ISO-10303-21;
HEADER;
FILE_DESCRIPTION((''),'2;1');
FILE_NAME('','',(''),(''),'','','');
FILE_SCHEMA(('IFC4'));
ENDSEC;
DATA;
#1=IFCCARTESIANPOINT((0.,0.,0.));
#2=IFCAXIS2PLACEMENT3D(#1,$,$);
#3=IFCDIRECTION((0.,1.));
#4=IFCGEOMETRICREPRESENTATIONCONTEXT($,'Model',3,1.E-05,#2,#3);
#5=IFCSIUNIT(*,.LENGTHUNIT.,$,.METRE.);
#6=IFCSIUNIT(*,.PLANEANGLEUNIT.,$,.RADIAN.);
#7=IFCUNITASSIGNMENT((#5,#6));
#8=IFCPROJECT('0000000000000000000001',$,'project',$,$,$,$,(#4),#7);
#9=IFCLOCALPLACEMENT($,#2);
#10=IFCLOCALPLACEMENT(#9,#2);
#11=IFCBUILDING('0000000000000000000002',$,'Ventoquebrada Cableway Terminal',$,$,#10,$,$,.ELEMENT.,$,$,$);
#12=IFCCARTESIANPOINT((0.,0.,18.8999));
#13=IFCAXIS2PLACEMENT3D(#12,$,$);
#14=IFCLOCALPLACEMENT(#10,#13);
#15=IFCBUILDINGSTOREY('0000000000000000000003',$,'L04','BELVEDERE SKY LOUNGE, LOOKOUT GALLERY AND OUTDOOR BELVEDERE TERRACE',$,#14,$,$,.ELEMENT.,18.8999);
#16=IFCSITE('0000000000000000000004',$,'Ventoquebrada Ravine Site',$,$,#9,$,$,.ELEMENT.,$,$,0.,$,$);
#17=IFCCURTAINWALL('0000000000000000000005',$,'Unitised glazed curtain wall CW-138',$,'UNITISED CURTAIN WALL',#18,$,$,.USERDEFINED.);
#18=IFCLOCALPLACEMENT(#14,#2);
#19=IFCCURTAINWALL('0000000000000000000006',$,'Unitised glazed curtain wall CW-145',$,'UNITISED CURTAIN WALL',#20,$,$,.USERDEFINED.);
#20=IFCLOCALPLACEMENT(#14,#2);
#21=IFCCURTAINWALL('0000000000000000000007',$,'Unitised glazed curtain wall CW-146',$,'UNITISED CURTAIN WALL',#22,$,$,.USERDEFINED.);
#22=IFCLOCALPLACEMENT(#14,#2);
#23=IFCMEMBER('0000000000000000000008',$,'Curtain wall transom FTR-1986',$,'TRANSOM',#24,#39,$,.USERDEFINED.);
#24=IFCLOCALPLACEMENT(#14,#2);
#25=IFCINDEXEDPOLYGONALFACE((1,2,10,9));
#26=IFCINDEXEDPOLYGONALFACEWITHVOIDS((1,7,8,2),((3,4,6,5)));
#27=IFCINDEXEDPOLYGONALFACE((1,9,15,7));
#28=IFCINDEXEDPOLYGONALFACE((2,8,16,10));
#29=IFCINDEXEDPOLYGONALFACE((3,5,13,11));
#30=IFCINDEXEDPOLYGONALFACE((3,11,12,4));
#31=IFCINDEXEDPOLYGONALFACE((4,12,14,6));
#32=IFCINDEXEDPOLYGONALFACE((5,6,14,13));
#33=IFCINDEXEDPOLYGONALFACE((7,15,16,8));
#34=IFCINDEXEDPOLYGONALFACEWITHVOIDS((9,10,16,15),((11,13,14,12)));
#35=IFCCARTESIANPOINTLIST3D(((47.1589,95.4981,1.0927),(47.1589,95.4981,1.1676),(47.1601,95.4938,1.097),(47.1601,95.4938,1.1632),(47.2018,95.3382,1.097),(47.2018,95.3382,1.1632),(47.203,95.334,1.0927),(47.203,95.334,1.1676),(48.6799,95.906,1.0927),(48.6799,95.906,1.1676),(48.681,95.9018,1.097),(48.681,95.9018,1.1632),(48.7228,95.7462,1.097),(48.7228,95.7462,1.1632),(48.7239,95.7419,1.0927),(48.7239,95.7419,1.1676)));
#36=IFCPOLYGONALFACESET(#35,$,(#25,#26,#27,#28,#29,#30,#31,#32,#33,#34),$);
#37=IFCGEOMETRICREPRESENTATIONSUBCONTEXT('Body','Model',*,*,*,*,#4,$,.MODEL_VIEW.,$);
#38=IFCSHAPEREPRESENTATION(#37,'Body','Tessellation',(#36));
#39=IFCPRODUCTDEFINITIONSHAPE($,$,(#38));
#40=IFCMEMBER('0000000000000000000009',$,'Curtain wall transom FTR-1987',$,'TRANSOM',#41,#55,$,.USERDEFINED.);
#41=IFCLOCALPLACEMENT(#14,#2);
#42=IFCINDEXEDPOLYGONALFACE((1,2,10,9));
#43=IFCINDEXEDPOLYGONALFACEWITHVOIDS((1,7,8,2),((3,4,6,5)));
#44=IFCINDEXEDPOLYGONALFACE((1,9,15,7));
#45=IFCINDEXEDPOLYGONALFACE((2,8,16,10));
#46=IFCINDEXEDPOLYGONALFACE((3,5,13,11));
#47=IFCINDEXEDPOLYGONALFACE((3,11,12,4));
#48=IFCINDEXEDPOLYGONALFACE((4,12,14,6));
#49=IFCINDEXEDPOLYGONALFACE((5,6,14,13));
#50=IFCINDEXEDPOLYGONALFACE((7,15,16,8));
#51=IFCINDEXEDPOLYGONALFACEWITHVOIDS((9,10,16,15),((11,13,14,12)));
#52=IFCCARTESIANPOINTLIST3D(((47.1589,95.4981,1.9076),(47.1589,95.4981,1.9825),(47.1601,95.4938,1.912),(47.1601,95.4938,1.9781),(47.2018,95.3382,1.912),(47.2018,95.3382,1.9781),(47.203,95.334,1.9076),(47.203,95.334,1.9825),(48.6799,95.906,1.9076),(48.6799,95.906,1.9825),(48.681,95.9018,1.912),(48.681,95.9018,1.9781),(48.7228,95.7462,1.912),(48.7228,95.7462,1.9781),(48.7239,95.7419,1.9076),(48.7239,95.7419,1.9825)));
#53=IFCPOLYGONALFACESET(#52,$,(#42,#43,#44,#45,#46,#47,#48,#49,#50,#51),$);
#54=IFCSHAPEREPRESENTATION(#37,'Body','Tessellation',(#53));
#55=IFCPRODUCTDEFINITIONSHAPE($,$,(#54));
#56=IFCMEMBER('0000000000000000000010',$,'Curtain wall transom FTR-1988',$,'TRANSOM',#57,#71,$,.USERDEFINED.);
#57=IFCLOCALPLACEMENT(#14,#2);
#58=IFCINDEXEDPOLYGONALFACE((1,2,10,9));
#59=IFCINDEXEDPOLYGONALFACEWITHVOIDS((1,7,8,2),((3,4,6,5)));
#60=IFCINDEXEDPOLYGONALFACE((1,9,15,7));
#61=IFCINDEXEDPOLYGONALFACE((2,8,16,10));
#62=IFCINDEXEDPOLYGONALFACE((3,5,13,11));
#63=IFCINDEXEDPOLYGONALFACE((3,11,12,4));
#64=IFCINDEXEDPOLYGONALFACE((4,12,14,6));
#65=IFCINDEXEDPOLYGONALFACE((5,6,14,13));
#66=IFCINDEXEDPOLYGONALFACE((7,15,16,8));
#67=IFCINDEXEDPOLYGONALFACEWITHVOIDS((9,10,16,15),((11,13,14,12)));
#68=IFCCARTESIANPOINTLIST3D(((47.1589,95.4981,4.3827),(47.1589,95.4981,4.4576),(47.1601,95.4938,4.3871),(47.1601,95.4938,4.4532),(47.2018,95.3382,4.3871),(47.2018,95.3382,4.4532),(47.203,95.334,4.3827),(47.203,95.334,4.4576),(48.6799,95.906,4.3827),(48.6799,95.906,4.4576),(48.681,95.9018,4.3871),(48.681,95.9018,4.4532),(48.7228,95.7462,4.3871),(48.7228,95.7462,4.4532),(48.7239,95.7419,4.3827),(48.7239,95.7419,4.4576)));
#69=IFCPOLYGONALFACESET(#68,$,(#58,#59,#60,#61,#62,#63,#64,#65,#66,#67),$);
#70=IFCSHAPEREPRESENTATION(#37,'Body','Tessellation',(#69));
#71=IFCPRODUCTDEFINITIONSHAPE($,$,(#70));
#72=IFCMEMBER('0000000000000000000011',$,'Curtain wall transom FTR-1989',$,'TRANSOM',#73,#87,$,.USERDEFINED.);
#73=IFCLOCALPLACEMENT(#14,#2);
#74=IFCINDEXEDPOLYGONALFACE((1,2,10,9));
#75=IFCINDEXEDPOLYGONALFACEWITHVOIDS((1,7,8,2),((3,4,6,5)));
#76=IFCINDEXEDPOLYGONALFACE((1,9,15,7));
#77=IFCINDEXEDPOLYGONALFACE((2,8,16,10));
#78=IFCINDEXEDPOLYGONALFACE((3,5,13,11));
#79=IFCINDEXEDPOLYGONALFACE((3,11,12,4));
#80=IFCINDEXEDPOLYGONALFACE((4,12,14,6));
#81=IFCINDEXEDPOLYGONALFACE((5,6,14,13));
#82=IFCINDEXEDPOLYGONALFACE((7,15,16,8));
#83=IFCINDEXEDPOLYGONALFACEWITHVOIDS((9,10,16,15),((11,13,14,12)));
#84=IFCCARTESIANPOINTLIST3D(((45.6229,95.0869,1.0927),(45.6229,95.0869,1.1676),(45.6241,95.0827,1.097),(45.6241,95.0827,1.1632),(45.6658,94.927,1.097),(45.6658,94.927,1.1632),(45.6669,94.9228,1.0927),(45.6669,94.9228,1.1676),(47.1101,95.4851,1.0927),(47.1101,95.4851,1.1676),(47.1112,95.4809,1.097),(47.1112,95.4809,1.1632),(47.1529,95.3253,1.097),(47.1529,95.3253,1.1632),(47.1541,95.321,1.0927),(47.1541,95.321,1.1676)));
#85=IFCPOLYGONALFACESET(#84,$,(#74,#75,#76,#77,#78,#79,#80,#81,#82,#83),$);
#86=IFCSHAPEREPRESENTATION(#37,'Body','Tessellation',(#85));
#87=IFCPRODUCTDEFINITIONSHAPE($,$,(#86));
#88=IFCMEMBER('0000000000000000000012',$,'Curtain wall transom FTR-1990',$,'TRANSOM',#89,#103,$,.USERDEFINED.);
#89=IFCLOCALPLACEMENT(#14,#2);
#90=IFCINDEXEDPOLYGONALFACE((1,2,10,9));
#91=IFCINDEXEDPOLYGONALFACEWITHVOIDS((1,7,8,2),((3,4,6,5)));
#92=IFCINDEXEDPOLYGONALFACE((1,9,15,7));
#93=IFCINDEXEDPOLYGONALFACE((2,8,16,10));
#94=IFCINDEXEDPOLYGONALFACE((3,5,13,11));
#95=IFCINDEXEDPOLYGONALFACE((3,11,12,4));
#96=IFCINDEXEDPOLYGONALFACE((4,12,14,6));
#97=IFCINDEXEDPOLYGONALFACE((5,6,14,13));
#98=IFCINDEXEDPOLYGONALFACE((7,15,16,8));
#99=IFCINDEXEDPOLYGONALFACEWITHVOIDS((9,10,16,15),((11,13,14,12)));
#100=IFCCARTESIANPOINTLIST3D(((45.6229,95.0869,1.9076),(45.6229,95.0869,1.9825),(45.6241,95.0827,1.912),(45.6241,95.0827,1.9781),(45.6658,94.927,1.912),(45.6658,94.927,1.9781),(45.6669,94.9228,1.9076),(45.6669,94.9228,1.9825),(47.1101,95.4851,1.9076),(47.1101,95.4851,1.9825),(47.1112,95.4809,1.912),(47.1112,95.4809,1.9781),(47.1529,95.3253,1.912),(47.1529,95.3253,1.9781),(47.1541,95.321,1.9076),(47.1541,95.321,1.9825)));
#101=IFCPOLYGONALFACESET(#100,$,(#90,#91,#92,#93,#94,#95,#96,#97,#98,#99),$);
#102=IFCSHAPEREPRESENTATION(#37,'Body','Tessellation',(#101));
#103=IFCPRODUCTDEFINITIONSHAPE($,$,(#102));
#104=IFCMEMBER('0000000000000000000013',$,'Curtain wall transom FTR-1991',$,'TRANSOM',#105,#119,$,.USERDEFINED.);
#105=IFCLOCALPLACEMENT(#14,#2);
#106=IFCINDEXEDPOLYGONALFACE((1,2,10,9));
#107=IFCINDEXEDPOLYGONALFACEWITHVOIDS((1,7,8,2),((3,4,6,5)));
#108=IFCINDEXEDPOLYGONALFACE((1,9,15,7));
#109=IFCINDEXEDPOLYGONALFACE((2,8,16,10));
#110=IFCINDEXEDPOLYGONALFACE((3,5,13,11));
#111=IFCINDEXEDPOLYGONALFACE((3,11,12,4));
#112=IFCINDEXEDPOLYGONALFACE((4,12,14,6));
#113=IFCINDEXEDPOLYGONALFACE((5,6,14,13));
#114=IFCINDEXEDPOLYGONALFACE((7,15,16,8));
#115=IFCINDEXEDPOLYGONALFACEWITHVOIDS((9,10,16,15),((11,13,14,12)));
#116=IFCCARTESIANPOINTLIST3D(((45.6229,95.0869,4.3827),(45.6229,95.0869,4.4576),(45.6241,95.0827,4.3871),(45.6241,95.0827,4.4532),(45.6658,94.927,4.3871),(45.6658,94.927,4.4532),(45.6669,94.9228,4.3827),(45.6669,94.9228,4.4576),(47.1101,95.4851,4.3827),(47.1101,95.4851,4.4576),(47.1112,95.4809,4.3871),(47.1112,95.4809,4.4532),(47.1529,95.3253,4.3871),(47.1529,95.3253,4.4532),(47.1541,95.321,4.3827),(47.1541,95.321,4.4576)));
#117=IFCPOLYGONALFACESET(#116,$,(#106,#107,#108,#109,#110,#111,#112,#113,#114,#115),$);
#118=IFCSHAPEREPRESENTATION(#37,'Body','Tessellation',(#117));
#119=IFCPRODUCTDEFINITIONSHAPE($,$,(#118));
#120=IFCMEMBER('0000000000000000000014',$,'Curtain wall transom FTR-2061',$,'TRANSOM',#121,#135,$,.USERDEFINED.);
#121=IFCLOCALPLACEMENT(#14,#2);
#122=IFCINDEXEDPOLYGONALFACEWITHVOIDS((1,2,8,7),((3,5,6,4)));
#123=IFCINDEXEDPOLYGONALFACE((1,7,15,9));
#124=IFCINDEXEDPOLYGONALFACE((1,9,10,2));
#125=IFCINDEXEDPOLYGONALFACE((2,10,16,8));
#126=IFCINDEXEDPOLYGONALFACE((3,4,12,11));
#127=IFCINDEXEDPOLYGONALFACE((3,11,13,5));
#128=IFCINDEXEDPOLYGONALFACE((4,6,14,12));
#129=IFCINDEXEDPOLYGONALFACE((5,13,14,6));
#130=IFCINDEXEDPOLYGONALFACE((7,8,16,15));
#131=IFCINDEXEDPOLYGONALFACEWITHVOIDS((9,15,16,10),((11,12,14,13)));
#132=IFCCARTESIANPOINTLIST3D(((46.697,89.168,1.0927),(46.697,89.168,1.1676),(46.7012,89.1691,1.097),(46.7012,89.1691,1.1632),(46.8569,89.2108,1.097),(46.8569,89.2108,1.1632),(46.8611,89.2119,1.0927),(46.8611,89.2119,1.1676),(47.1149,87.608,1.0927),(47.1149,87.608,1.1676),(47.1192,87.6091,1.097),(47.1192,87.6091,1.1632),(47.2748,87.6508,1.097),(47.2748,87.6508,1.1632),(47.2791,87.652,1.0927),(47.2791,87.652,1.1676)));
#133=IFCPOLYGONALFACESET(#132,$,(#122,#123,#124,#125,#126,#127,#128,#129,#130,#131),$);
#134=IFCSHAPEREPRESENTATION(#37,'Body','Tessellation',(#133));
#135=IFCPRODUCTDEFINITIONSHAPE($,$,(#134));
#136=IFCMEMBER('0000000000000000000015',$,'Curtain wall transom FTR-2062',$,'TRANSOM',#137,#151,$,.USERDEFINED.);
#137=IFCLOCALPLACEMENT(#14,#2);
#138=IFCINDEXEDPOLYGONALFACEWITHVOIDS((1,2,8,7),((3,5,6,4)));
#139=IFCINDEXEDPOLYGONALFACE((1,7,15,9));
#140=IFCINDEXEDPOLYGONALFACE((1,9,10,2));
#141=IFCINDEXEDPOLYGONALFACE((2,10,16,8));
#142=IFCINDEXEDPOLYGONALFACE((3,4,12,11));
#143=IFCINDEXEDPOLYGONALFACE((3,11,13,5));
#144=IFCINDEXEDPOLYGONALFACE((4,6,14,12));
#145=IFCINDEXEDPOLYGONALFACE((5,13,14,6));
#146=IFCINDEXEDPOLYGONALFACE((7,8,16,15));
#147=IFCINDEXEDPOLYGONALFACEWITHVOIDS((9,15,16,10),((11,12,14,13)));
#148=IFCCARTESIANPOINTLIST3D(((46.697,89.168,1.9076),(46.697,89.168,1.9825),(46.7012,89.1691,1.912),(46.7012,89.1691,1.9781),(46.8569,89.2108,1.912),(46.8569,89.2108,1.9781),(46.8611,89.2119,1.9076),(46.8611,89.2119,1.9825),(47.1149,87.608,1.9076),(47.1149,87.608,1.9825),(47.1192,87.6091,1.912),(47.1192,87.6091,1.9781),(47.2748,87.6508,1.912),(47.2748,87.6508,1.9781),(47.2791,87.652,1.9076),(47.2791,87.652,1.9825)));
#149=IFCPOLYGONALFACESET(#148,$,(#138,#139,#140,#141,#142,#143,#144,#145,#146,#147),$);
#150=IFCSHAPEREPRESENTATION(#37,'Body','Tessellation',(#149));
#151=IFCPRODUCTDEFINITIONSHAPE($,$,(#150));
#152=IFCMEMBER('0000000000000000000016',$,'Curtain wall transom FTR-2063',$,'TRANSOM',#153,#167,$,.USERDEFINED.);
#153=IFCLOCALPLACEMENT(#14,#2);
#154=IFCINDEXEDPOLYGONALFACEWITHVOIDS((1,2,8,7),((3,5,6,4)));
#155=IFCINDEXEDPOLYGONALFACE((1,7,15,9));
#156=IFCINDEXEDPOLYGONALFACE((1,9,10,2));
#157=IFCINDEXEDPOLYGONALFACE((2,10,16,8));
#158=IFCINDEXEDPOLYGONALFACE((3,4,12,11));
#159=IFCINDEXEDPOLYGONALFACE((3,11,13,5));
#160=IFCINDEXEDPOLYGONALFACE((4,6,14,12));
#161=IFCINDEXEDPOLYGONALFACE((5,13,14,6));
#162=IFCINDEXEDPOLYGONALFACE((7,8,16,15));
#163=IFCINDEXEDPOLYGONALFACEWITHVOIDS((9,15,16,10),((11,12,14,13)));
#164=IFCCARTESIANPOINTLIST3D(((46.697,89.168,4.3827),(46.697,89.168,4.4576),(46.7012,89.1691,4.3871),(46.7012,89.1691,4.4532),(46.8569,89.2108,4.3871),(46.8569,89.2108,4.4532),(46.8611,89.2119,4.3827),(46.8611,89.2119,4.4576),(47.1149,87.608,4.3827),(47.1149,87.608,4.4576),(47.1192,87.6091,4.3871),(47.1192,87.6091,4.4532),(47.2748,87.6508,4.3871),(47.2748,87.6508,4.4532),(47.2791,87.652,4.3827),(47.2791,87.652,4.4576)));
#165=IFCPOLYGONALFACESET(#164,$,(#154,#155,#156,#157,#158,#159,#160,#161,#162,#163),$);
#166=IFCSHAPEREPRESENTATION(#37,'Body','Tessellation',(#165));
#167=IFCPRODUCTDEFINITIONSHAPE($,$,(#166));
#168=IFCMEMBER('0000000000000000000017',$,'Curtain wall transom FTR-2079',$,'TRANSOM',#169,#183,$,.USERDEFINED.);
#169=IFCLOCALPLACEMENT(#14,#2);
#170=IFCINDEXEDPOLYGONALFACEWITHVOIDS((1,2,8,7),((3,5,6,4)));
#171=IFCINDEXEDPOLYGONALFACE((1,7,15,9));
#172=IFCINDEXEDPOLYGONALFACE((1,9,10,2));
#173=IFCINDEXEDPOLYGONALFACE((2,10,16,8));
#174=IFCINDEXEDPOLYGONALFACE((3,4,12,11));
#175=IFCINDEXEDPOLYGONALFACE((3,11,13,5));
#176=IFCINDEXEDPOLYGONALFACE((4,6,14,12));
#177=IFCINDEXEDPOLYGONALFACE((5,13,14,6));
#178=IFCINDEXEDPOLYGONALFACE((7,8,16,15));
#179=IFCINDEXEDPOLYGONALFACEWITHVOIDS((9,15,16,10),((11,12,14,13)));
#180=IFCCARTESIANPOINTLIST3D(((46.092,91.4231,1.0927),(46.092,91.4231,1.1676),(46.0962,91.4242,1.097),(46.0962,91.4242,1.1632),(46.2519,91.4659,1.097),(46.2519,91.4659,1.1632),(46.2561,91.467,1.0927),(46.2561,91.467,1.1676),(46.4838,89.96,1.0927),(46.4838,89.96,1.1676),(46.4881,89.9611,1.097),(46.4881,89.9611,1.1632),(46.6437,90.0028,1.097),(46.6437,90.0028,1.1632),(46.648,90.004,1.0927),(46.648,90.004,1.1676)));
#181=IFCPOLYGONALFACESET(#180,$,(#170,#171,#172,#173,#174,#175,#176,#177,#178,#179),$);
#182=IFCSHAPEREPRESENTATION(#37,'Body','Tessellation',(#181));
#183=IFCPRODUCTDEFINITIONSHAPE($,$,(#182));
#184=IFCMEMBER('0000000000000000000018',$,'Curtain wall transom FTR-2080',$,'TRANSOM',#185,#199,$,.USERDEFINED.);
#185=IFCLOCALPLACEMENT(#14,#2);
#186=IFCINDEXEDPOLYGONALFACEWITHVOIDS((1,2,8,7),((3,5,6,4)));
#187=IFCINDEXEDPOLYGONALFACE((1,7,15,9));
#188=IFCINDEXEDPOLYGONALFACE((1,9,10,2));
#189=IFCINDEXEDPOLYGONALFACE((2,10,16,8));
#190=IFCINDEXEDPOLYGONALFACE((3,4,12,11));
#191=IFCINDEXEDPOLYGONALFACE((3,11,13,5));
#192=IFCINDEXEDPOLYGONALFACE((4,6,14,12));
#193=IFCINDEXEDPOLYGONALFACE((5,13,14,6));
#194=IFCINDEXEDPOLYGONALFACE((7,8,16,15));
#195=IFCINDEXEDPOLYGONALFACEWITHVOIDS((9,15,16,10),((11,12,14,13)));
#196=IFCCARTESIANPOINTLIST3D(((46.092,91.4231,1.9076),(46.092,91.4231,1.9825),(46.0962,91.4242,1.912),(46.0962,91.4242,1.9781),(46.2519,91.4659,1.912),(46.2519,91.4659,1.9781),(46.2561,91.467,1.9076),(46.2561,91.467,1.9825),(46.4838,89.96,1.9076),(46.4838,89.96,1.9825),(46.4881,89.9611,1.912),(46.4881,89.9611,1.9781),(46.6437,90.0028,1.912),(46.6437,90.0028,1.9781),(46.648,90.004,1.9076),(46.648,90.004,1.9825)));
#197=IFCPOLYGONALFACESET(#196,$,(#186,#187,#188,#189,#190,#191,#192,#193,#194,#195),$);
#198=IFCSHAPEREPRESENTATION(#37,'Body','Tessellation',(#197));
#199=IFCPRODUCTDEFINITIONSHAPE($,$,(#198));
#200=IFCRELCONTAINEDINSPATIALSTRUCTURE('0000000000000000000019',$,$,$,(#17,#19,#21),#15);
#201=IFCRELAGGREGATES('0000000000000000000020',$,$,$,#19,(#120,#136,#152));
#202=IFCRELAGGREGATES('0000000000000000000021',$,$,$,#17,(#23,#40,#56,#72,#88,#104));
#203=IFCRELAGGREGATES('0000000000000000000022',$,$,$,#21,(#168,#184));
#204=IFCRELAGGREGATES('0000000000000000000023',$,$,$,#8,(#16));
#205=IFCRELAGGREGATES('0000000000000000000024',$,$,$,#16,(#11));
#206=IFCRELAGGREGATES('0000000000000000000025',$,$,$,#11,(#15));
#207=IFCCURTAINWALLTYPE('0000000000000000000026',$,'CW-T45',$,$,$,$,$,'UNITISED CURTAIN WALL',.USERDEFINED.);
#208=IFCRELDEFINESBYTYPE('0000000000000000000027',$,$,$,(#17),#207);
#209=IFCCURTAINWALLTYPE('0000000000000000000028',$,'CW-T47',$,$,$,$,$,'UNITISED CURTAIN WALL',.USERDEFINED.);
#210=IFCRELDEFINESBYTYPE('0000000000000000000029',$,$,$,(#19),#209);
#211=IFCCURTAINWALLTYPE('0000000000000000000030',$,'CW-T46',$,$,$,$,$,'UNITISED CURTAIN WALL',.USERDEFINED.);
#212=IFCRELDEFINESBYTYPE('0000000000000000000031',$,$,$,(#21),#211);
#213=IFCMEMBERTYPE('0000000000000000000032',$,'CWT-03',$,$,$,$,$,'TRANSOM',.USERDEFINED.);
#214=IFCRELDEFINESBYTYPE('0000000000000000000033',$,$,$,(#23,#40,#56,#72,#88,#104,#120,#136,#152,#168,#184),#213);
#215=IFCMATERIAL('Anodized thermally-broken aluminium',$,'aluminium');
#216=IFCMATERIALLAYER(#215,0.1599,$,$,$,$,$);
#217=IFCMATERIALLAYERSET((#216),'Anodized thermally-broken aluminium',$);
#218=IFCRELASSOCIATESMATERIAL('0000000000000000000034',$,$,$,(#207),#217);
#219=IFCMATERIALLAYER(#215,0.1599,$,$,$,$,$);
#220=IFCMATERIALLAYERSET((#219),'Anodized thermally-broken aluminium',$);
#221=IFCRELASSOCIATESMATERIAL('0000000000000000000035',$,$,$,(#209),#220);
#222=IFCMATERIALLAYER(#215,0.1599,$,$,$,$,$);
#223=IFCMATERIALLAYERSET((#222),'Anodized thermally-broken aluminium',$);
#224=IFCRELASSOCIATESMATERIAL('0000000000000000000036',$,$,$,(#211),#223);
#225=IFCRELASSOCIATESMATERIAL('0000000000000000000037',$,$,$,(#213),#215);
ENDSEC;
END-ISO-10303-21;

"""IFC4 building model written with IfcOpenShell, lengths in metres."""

from ifc_helpers import new_model, si_unit, direction, frame, origin, origin_2d, place, context, subcontext, project, spatial, hollow_rectangle, extrude, material, layer, layer_set, material_profile, profile_set, type_object, element, aggregate, save


model = new_model("IFC4")

# Units and contexts
model_context = context("Model", 3, precision=1e-05, world=origin(), true_north=direction((0.0, 1.0)))
body_context = subcontext(model_context, "Body", "Model", "MODEL_VIEW")
ifc_project = project(units=[si_unit("LENGTHUNIT", "METRE"), si_unit("PLANEANGLEUNIT", "RADIAN")], contexts=[model_context])

# Site, building, storey
site_placement = place(None, origin())
site = spatial("IfcSite", under=ifc_project, at=site_placement, Name="Ventoquebrada Ravine Site", CompositionType="ELEMENT", RefElevation=0.0)
building_placement = place(site_placement, origin())
building = spatial("IfcBuilding", under=site, at=building_placement, Name="Ventoquebrada Cableway Terminal", CompositionType="ELEMENT")
storey_placement = place(building_placement, frame((0.0, 0.0, 18.8999)))
storey = spatial("IfcBuildingStorey", under=building, at=storey_placement, Name="L04", Description="BELVEDERE SKY LOUNGE, LOOKOUT GALLERY AND OUTDOOR BELVEDERE TERRACE", CompositionType="ELEMENT", Elevation=18.8999)

# Curtain walls
ifc_material_1 = material(Name="Anodized thermally-broken aluminium", Category="aluminium")
ifc_layer_1 = layer(ifc_material_1, 0.1599)
ifc_layer_set_1 = layer_set([ifc_layer_1], Name="Anodized thermally-broken aluminium")
curtain_wall_type_1 = type_object("IfcCurtainWallType", Name="CW-T45", ElementType="UNITISED CURTAIN WALL", PredefinedType="USERDEFINED", material=ifc_layer_set_1)
curtain_wall_1_placement = place(storey_placement, origin())
curtain_wall_1 = element("IfcCurtainWall", 1, at=curtain_wall_1_placement, inside=storey, type_object=curtain_wall_type_1, Name="Unitised glazed curtain wall CW-138", ObjectType="UNITISED CURTAIN WALL", PredefinedType="USERDEFINED")
ifc_layer_2 = layer(ifc_material_1, 0.1599)
ifc_layer_set_2 = layer_set([ifc_layer_2], Name="Anodized thermally-broken aluminium")
curtain_wall_type_2 = type_object("IfcCurtainWallType", Name="CW-T47", ElementType="UNITISED CURTAIN WALL", PredefinedType="USERDEFINED", material=ifc_layer_set_2)
curtain_wall_2_placement = place(storey_placement, origin())
curtain_wall_2 = element("IfcCurtainWall", 2, at=curtain_wall_2_placement, inside=storey, type_object=curtain_wall_type_2, Name="Unitised glazed curtain wall CW-145", ObjectType="UNITISED CURTAIN WALL", PredefinedType="USERDEFINED")

# Curtain wall
ifc_layer_3 = layer(ifc_material_1, 0.1599)
ifc_layer_set_3 = layer_set([ifc_layer_3], Name="Anodized thermally-broken aluminium")
curtain_wall_type_3 = type_object("IfcCurtainWallType", Name="CW-T46", ElementType="UNITISED CURTAIN WALL", PredefinedType="USERDEFINED", material=ifc_layer_set_3)
curtain_wall_3_placement = place(storey_placement, origin())
curtain_wall_3 = element("IfcCurtainWall", 3, at=curtain_wall_3_placement, inside=storey, type_object=curtain_wall_type_3, Name="Unitised glazed curtain wall CW-146", ObjectType="UNITISED CURTAIN WALL", PredefinedType="USERDEFINED")

# Members
ifc_material_profile_1 = material_profile(ifc_material_1, hollow_rectangle(XDim=0.075, YDim=0.1699, WallThickness=0.0044, at=origin_2d()), Name="CW-TRN-75X170")
ifc_profile_set_1 = profile_set([ifc_material_profile_1], Name="Anodized thermally-broken aluminium")
member_type_1 = type_object("IfcMemberType", Name="CWT-03", ElementType="TRANSOM", PredefinedType="USERDEFINED", material=ifc_profile_set_1)
member_1_placement = place(storey_placement, frame((48.7019, 95.824, 1.1301), z_axis=(-0.965861, -0.259062, 0.0), x_axis=(0.0, 0.0, 1.0)))
member_1 = element("IfcMember", 4, at=member_1_placement, type_object=member_type_1, Name="Curtain wall transom FTR-1986", ObjectType="TRANSOM", PredefinedType="USERDEFINED", context=body_context, shape_type="SweptSolid", body=[
    extrude(hollow_rectangle(XDim=0.075, YDim=0.1699, WallThickness=0.0044, at=origin_2d()), origin(), (0.0, 0.0, 1.0), 1.5747),
])
member_2_placement = place(storey_placement, frame((48.7019, 95.824, 1.9451), z_axis=(-0.965861, -0.259062, 0.0), x_axis=(0.0, 0.0, 1.0)))
member_2 = element("IfcMember", 5, at=member_2_placement, type_object=member_type_1, Name="Curtain wall transom FTR-1987", ObjectType="TRANSOM", PredefinedType="USERDEFINED", context=body_context, shape_type="SweptSolid", body=[
    extrude(hollow_rectangle(XDim=0.075, YDim=0.1699, WallThickness=0.0044, at=origin_2d()), origin(), (0.0, 0.0, 1.0), 1.5747),
])
member_3_placement = place(storey_placement, frame((48.7019, 95.824, 4.4202), z_axis=(-0.965861, -0.259062, 0.0), x_axis=(0.0, 0.0, 1.0)))
member_3 = element("IfcMember", 6, at=member_3_placement, type_object=member_type_1, Name="Curtain wall transom FTR-1988", ObjectType="TRANSOM", PredefinedType="USERDEFINED", context=body_context, shape_type="SweptSolid", body=[
    extrude(hollow_rectangle(XDim=0.075, YDim=0.1699, WallThickness=0.0044, at=origin_2d()), origin(), (0.0, 0.0, 1.0), 1.5747),
])
member_4_placement = place(storey_placement, frame((47.1321, 95.4031, 1.1301), z_axis=(-0.965969, -0.258659, 0.0), x_axis=(0.0, 0.0, 1.0)))
member_4 = element("IfcMember", 7, at=member_4_placement, type_object=member_type_1, Name="Curtain wall transom FTR-1989", ObjectType="TRANSOM", PredefinedType="USERDEFINED", context=body_context, shape_type="SweptSolid", body=[
    extrude(hollow_rectangle(XDim=0.075, YDim=0.1699, WallThickness=0.0044, at=origin_2d()), origin(), (0.0, 0.0, 1.0), 1.5396),
])
member_5_placement = place(storey_placement, frame((47.1321, 95.4031, 1.9451), z_axis=(-0.965969, -0.258659, 0.0), x_axis=(0.0, 0.0, 1.0)))
member_5 = element("IfcMember", 8, at=member_5_placement, type_object=member_type_1, Name="Curtain wall transom FTR-1990", ObjectType="TRANSOM", PredefinedType="USERDEFINED", context=body_context, shape_type="SweptSolid", body=[
    extrude(hollow_rectangle(XDim=0.075, YDim=0.1699, WallThickness=0.0044, at=origin_2d()), origin(), (0.0, 0.0, 1.0), 1.5396),
])
member_6_placement = place(storey_placement, frame((47.1321, 95.4031, 4.4202), z_axis=(-0.965969, -0.258659, 0.0), x_axis=(0.0, 0.0, 1.0)))
member_6 = element("IfcMember", 9, at=member_6_placement, type_object=member_type_1, Name="Curtain wall transom FTR-1991", ObjectType="TRANSOM", PredefinedType="USERDEFINED", context=body_context, shape_type="SweptSolid", body=[
    extrude(hollow_rectangle(XDim=0.075, YDim=0.1699, WallThickness=0.0044, at=origin_2d()), origin(), (0.0, 0.0, 1.0), 1.5396),
])
member_7_placement = place(storey_placement, frame((46.7791, 89.1899, 1.1301), z_axis=(0.258791, -0.965933, 0.0), x_axis=(0.0, 0.0, 1.0)))
member_7 = element("IfcMember", 10, at=member_7_placement, type_object=member_type_1, Name="Curtain wall transom FTR-2061", ObjectType="TRANSOM", PredefinedType="USERDEFINED", context=body_context, shape_type="SweptSolid", body=[
    extrude(hollow_rectangle(XDim=0.075, YDim=0.1699, WallThickness=0.0044, at=origin_2d()), origin(), (0.0, 0.0, 1.0), 1.615),
])
member_8_placement = place(storey_placement, frame((46.7791, 89.1899, 1.9451), z_axis=(0.258791, -0.965933, 0.0), x_axis=(0.0, 0.0, 1.0)))
member_8 = element("IfcMember", 11, at=member_8_placement, type_object=member_type_1, Name="Curtain wall transom FTR-2062", ObjectType="TRANSOM", PredefinedType="USERDEFINED", context=body_context, shape_type="SweptSolid", body=[
    extrude(hollow_rectangle(XDim=0.075, YDim=0.1699, WallThickness=0.0044, at=origin_2d()), origin(), (0.0, 0.0, 1.0), 1.615),
])
member_9_placement = place(storey_placement, frame((46.7791, 89.1899, 4.4202), z_axis=(0.258791, -0.965933, 0.0), x_axis=(0.0, 0.0, 1.0)))
member_9 = element("IfcMember", 12, at=member_9_placement, type_object=member_type_1, Name="Curtain wall transom FTR-2063", ObjectType="TRANSOM", PredefinedType="USERDEFINED", context=body_context, shape_type="SweptSolid", body=[
    extrude(hollow_rectangle(XDim=0.075, YDim=0.1699, WallThickness=0.0044, at=origin_2d()), origin(), (0.0, 0.0, 1.0), 1.615),
])
aggregate(curtain_wall_2, [member_7, member_8, member_9])
member_10_placement = place(storey_placement, frame((46.1741, 91.4451, 1.1301), z_axis=(0.258696, -0.965959, 0.0), x_axis=(0.0, 0.0, 1.0)))
member_10 = element("IfcMember", 13, at=member_10_placement, type_object=member_type_1, Name="Curtain wall transom FTR-2079", ObjectType="TRANSOM", PredefinedType="USERDEFINED", context=body_context, shape_type="SweptSolid", body=[
    extrude(hollow_rectangle(XDim=0.075, YDim=0.1699, WallThickness=0.0044, at=origin_2d()), origin(), (0.0, 0.0, 1.0), 1.5146),
])
member_11_placement = place(storey_placement, frame((46.1741, 91.4451, 1.9451), z_axis=(0.258696, -0.965959, 0.0), x_axis=(0.0, 0.0, 1.0)))
member_11 = element("IfcMember", 14, at=member_11_placement, type_object=member_type_1, Name="Curtain wall transom FTR-2080", ObjectType="TRANSOM", PredefinedType="USERDEFINED", context=body_context, shape_type="SweptSolid", body=[
    extrude(hollow_rectangle(XDim=0.075, YDim=0.1699, WallThickness=0.0044, at=origin_2d()), origin(), (0.0, 0.0, 1.0), 1.5146),
])

aggregate(curtain_wall_1, [member_1, member_2, member_3, member_4, member_5, member_6])
aggregate(curtain_wall_3, [member_10, member_11])

save(model, "model.ifc")
